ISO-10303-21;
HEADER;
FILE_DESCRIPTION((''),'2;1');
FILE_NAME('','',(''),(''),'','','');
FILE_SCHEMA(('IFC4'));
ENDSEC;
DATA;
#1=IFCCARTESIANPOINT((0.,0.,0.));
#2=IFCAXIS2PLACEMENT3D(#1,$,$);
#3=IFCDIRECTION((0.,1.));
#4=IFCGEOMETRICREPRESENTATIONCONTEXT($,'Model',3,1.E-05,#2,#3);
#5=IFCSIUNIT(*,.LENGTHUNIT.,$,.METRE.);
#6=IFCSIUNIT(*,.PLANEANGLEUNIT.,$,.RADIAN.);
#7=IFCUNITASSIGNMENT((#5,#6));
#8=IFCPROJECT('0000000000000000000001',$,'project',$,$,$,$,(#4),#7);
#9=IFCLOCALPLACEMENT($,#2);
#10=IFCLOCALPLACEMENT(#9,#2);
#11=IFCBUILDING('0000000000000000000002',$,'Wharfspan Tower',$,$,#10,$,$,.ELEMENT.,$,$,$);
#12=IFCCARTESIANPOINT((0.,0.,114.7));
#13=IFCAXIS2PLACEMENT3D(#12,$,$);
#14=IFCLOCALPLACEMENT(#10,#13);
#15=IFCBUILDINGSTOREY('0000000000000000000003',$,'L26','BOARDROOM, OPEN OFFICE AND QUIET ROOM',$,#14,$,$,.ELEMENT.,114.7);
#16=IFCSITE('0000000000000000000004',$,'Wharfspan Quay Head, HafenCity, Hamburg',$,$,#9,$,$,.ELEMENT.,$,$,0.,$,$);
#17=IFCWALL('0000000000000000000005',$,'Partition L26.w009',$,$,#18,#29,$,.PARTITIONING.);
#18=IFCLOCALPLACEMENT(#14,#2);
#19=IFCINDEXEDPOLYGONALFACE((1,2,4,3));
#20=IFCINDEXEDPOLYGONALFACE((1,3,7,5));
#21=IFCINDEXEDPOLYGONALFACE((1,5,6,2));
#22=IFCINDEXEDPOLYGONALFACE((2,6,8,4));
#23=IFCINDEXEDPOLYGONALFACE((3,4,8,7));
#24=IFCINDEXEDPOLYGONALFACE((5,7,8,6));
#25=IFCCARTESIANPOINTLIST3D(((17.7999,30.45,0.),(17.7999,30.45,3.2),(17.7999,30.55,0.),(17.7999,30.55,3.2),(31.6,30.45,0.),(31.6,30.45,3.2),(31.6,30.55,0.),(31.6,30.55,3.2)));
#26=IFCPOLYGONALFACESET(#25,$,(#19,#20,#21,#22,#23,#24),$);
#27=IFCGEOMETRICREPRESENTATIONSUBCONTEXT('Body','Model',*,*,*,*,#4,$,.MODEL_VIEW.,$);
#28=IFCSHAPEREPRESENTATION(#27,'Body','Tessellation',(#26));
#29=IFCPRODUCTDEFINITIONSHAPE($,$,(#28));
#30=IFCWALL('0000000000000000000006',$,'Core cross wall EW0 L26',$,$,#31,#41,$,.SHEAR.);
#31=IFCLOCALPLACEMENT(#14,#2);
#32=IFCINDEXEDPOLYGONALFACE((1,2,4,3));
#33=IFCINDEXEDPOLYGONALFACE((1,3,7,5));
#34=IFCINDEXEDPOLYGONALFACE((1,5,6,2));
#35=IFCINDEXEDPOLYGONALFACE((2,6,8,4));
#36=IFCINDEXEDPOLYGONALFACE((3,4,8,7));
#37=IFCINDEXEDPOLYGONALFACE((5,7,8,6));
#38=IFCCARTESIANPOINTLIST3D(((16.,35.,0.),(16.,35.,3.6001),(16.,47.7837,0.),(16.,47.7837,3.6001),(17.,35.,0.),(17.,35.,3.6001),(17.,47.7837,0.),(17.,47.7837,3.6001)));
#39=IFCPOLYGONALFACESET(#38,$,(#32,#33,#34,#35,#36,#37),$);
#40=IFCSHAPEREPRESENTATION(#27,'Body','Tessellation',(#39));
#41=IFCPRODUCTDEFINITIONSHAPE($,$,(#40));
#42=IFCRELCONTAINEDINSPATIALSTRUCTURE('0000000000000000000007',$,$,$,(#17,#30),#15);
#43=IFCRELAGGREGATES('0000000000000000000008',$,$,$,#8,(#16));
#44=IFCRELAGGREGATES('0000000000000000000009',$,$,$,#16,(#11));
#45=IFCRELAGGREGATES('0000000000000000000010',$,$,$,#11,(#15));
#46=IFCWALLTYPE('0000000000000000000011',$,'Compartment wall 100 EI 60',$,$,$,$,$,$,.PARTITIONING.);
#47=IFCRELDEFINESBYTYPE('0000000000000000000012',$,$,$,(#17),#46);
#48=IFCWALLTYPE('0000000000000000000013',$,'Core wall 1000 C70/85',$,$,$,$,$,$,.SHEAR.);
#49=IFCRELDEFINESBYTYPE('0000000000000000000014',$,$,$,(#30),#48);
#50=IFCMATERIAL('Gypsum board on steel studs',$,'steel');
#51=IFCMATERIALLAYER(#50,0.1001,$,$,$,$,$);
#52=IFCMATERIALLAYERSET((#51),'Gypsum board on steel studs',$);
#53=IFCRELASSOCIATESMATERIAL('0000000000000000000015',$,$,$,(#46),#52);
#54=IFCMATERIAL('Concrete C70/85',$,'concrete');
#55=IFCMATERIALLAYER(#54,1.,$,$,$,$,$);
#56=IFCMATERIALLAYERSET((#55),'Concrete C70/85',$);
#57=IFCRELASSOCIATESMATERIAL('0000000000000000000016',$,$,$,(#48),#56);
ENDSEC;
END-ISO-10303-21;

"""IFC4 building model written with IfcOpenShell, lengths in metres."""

from ifc_helpers import new_model, si_unit, direction, frame, frame_2d, origin, place, context, subcontext, project, spatial, rectangle, extrude, material, layer, layer_set, type_object, element, save


model = new_model("IFC4")

# Units and contexts
model_context = context("Model", 3, precision=1e-05, world=origin(), true_north=direction((0.0, 1.0)))
body_context = subcontext(model_context, "Body", "Model", "MODEL_VIEW")
ifc_project = project(units=[si_unit("LENGTHUNIT", "METRE"), si_unit("PLANEANGLEUNIT", "RADIAN")], contexts=[model_context])

# Site, building, storey
site_placement = place(None, origin())
site = spatial("IfcSite", under=ifc_project, at=site_placement, Name="Wharfspan Quay Head, HafenCity, Hamburg", CompositionType="ELEMENT", RefElevation=0.0)
building_placement = place(site_placement, origin())
building = spatial("IfcBuilding", under=site, at=building_placement, Name="Wharfspan Tower", CompositionType="ELEMENT")
storey_placement = place(building_placement, frame((0.0, 0.0, 114.7)))
storey = spatial("IfcBuildingStorey", under=building, at=storey_placement, Name="L26", Description="BOARDROOM, OPEN OFFICE AND QUIET ROOM", CompositionType="ELEMENT", Elevation=114.7)

# Wall
ifc_material_1 = material(Name="Gypsum board on steel studs", Category="steel")
ifc_layer_1 = layer(ifc_material_1, 0.1001)
ifc_layer_set_1 = layer_set([ifc_layer_1], Name="Gypsum board on steel studs")
wall_type_1 = type_object("IfcWallType", Name="Compartment wall 100 EI 60", PredefinedType="PARTITIONING", material=ifc_layer_set_1)
wall_1_placement = place(storey_placement, frame((17.8, 30.5, 0.0), z_axis=(0.0, 0.0, 1.0), x_axis=(1.0, 0.0, 0.0)))
element("IfcWall", 1, at=wall_1_placement, inside=storey, type_object=wall_type_1, Name="Partition L26.w009", PredefinedType="PARTITIONING", context=body_context, shape_type="SweptSolid", body=[
    extrude(rectangle(XDim=13.8, YDim=0.1001, at=frame_2d((6.8999, 0.0))), origin(), (0.0, 0.0, 1.0), 3.2),
])

# Shared definitions
ifc_material_2 = material(Name="Concrete C70/85", Category="concrete")
ifc_layer_2 = layer(ifc_material_2, 1.0)
ifc_layer_set_2 = layer_set([ifc_layer_2], Name="Concrete C70/85")
wall_type_2 = type_object("IfcWallType", Name="Core wall 1000 C70/85", PredefinedType="SHEAR", material=ifc_layer_set_2)

# Wall
wall_2_placement = place(storey_placement, frame((16.5, 35.0, 0.0), z_axis=(0.0, 0.0, 1.0), x_axis=(0.0, 1.0, 0.0)))
element("IfcWall", 2, at=wall_2_placement, inside=storey, type_object=wall_type_2, Name="Core cross wall EW0 L26", PredefinedType="SHEAR", context=body_context, shape_type="SweptSolid", body=[
    extrude(rectangle(XDim=12.7837, YDim=1.0, at=frame_2d((6.3918, 0.0))), origin(), (0.0, 0.0, 1.0), 3.6001),
])

save(model, "model.ifc")
